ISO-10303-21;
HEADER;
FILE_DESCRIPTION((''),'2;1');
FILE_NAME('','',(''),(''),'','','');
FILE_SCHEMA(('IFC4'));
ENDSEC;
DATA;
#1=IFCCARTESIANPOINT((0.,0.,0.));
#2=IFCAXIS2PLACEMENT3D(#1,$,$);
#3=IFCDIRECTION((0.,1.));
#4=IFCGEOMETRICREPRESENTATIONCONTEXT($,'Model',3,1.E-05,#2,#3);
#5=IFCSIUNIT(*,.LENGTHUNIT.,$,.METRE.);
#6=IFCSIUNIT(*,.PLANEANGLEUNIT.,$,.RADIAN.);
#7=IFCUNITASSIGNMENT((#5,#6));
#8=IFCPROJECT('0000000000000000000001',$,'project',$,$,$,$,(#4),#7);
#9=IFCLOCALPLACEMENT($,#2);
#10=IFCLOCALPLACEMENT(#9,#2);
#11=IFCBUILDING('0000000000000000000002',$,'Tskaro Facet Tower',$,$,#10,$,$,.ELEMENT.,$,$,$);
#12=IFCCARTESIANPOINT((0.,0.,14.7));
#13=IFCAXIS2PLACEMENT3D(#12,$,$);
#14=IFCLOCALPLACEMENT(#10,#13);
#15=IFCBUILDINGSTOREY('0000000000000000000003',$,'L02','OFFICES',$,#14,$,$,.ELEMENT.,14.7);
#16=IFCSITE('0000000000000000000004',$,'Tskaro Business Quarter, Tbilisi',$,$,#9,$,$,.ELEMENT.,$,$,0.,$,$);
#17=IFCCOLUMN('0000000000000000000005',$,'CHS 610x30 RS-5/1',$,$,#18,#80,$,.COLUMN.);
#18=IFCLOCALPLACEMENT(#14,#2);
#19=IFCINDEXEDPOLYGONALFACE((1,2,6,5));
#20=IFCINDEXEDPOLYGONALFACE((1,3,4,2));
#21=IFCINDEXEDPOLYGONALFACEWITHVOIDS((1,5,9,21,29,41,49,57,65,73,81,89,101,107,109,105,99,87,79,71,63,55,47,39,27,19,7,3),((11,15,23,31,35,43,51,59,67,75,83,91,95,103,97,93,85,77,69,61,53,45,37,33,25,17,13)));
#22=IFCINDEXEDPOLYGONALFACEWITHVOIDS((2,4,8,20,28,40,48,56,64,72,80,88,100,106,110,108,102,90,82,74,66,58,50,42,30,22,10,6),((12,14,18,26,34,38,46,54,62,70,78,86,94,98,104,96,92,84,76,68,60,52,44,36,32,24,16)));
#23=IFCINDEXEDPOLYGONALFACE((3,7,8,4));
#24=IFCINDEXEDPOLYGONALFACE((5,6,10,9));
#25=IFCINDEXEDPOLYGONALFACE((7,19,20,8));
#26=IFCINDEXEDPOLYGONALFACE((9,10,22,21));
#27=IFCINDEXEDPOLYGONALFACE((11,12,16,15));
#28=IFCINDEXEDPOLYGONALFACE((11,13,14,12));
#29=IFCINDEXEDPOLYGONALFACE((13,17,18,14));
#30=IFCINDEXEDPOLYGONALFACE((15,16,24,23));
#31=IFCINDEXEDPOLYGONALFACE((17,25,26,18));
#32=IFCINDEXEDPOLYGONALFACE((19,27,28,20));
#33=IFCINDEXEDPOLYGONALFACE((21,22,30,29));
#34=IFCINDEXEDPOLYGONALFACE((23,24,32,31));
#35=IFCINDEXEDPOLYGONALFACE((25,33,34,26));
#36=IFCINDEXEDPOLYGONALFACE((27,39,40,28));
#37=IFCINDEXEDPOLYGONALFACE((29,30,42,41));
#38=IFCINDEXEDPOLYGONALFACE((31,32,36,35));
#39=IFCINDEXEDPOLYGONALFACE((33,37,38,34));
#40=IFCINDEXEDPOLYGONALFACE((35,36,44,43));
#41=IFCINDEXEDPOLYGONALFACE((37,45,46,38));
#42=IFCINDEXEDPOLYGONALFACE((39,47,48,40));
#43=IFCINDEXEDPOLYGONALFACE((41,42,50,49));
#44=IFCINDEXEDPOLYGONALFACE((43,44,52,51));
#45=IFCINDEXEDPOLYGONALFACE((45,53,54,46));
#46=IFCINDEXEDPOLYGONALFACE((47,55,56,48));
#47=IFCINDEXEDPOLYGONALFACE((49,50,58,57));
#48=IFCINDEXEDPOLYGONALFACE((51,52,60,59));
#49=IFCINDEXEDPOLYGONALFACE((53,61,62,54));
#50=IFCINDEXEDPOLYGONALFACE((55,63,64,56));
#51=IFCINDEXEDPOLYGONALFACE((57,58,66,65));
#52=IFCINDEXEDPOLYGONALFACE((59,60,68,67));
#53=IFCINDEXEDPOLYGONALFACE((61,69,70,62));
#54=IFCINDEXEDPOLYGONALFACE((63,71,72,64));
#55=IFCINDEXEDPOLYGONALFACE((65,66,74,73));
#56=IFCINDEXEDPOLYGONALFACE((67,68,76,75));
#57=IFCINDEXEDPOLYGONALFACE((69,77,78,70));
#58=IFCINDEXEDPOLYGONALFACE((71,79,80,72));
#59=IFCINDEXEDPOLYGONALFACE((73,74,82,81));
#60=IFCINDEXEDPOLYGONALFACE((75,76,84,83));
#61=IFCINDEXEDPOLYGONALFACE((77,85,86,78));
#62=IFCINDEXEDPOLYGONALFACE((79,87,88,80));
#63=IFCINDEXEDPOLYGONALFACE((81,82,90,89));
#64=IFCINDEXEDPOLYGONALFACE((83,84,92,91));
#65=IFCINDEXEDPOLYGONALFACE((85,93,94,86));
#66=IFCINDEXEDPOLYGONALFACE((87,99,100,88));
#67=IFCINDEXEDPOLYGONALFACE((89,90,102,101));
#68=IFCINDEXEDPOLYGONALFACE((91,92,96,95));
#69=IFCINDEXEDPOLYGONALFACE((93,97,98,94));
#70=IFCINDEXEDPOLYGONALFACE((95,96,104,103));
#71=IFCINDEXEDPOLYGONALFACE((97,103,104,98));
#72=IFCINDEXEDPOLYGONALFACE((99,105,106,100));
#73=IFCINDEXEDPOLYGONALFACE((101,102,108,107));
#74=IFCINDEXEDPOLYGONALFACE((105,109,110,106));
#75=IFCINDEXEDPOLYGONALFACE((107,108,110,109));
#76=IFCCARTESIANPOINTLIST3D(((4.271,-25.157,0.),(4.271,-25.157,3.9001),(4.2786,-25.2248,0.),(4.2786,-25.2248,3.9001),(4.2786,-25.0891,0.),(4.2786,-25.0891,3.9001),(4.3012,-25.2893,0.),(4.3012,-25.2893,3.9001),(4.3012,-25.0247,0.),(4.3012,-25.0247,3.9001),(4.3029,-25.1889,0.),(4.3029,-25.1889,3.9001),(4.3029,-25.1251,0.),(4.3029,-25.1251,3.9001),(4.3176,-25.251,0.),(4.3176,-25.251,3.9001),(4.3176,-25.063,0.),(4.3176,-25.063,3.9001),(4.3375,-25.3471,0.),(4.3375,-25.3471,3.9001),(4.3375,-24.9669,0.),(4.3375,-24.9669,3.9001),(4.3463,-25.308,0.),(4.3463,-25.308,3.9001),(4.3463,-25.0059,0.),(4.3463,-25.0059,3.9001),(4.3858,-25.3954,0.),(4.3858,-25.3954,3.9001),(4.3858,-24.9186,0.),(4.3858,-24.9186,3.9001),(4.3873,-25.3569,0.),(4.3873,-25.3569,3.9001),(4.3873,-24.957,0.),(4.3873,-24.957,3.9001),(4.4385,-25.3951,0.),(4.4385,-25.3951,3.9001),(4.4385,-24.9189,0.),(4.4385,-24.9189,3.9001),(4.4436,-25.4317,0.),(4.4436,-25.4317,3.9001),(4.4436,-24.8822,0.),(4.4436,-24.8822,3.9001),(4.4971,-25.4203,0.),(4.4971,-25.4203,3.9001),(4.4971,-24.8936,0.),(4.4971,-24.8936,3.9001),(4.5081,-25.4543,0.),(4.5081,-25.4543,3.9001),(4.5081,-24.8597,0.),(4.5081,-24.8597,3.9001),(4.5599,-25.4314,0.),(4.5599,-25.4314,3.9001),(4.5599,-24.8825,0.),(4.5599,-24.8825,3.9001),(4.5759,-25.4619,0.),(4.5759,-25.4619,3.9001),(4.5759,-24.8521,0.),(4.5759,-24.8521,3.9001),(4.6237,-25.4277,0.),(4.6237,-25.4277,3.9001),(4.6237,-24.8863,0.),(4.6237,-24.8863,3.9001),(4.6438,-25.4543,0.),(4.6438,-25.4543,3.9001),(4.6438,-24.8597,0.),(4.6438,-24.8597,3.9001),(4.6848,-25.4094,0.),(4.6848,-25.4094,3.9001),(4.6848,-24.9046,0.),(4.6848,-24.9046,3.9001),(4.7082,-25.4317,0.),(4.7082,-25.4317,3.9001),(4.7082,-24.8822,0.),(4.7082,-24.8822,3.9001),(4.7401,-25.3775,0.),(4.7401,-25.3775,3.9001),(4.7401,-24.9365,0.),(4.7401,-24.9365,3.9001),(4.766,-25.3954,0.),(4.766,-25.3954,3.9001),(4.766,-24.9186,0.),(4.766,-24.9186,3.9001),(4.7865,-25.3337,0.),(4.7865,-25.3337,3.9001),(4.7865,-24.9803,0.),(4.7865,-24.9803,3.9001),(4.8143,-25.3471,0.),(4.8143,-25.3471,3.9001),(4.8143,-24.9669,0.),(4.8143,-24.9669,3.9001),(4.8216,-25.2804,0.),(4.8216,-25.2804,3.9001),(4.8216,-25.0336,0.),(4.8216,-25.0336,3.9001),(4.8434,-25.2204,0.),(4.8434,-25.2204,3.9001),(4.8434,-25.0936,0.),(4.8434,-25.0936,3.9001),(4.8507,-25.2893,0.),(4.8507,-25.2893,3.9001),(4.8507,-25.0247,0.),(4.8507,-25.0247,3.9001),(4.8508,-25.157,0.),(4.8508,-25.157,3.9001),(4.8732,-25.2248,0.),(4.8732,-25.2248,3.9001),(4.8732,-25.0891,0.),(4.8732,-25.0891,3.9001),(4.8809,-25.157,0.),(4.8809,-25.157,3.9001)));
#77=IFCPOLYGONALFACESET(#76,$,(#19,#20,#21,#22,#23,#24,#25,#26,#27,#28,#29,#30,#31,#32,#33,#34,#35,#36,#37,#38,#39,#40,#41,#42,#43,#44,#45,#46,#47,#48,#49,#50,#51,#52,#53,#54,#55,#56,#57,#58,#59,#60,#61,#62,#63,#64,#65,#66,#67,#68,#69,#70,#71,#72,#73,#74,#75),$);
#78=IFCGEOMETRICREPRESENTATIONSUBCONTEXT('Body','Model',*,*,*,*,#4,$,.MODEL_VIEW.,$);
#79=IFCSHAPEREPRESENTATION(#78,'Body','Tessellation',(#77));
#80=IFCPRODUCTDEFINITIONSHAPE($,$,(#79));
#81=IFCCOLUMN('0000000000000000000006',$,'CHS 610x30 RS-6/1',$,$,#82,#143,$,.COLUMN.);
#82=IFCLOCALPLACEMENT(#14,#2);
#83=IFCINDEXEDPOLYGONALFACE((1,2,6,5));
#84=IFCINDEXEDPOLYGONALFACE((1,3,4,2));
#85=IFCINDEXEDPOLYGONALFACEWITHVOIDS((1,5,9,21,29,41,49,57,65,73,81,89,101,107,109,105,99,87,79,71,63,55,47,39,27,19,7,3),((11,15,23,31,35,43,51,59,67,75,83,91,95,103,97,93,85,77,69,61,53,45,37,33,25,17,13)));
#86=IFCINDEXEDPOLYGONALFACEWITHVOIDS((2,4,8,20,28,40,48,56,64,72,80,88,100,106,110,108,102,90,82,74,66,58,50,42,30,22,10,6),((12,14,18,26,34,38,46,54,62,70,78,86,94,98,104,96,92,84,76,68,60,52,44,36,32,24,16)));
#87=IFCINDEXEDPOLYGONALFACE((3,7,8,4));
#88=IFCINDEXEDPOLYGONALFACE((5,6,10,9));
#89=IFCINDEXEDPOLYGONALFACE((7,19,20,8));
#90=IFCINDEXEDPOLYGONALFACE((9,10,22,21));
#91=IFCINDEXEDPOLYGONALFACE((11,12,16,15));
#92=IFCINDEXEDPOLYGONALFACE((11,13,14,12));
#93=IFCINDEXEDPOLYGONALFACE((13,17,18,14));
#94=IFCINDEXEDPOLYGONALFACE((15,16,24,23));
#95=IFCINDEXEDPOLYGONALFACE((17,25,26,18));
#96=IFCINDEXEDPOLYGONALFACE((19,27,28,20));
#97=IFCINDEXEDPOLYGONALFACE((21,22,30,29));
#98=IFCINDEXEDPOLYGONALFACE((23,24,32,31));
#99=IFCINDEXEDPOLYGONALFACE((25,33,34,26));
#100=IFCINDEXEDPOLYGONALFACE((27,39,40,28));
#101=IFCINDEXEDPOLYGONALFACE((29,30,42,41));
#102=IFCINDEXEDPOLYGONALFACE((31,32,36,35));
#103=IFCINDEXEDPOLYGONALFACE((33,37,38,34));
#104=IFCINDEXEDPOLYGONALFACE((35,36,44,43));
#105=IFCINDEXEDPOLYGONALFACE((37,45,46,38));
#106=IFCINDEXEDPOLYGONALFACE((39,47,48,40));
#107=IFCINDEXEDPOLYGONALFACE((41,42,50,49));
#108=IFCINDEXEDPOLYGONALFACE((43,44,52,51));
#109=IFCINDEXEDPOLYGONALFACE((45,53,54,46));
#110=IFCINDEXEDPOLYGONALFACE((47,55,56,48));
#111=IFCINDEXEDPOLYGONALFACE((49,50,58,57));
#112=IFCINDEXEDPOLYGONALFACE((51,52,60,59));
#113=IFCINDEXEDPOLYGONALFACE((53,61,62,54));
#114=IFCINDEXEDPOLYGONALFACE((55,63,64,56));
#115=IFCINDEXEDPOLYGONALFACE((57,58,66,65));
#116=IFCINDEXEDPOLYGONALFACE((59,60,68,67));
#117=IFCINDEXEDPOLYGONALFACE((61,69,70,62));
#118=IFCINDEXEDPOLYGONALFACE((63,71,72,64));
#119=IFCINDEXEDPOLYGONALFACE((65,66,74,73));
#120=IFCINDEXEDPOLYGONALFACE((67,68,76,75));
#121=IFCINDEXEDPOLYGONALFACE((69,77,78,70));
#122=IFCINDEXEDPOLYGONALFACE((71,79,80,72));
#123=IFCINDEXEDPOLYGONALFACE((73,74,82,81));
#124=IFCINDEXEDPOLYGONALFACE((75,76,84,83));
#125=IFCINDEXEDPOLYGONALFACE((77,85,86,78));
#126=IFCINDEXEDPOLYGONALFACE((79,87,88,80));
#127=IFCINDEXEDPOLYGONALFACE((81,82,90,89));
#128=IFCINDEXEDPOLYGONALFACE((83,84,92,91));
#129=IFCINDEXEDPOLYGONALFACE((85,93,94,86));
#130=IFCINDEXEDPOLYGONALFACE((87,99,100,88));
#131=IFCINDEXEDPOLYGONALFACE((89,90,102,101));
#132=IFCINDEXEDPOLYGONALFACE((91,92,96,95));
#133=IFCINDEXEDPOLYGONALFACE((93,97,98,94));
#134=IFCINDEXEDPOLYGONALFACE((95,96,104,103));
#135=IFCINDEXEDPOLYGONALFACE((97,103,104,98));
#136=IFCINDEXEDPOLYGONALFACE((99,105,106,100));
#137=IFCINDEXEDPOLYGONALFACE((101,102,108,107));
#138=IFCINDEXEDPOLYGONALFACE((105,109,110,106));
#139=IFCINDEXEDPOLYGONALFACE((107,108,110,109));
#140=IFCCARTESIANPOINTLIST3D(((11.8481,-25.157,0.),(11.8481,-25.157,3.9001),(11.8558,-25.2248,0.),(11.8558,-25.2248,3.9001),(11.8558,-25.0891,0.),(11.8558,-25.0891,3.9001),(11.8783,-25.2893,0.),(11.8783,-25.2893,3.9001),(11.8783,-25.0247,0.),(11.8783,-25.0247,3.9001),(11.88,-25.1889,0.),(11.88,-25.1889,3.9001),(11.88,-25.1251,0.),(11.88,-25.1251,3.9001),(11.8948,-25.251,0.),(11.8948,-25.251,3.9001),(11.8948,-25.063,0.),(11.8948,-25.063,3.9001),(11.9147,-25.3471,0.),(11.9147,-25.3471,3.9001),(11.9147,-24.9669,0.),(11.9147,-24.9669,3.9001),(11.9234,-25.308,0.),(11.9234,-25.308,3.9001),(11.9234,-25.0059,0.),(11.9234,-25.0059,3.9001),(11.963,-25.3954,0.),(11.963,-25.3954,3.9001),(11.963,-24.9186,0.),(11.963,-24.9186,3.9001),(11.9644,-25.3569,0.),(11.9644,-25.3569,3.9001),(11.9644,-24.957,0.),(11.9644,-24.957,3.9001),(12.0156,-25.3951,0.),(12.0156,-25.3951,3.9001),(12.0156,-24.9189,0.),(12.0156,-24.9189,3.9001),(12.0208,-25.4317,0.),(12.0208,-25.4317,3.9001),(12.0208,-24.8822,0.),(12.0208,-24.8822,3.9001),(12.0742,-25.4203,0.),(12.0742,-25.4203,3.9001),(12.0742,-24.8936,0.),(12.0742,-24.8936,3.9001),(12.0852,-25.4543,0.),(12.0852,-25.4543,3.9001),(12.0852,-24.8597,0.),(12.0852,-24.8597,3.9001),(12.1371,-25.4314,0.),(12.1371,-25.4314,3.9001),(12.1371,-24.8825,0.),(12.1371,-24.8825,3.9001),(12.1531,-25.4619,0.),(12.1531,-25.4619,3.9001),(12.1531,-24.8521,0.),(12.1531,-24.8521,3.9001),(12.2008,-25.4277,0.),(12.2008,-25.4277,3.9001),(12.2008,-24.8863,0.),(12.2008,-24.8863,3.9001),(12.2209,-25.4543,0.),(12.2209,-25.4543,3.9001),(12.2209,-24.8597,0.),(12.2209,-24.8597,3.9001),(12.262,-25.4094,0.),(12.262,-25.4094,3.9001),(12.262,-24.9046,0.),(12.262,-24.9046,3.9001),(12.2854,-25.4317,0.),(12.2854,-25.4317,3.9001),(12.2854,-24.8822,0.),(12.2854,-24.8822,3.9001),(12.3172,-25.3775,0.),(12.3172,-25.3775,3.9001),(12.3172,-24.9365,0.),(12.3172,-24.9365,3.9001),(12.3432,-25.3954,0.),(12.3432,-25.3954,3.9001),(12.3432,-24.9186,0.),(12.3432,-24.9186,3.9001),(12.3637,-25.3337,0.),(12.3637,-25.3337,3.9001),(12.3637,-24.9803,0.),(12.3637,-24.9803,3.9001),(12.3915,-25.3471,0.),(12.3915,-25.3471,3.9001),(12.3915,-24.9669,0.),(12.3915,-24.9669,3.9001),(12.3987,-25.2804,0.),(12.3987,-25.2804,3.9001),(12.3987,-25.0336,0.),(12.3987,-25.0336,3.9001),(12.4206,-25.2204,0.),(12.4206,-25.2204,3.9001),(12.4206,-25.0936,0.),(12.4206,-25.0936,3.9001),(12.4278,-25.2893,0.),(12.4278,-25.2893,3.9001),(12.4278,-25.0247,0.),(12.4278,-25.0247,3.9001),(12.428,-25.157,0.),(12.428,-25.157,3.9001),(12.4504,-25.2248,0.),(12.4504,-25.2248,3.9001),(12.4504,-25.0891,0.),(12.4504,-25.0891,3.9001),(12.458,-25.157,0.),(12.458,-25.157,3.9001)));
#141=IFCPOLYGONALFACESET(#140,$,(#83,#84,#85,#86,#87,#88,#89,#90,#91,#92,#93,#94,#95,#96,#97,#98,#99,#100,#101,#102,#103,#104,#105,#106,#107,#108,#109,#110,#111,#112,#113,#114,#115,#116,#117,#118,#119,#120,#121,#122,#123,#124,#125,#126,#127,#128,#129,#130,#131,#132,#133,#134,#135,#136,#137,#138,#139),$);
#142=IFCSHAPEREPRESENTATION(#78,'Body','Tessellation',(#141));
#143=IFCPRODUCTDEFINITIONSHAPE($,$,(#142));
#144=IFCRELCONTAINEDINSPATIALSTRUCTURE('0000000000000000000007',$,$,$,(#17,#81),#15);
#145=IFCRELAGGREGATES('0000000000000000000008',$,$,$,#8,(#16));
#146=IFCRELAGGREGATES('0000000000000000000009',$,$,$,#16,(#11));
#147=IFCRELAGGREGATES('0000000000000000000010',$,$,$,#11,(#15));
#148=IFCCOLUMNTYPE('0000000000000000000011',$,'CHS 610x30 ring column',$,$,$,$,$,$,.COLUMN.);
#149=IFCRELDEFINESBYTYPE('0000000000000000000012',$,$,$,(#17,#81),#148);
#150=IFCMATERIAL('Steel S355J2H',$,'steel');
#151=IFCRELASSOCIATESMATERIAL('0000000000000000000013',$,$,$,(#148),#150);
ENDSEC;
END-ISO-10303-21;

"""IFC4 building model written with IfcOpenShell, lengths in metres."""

from ifc_helpers import new_model, si_unit, direction, frame, origin, origin_2d, place, context, subcontext, project, spatial, hollow_circle, extrude, material, material_profile, profile_set, type_object, element, save


model = new_model("IFC4")

# Units and contexts
model_context = context("Model", 3, precision=1e-05, world=origin(), true_north=direction((0.0, 1.0)))
body_context = subcontext(model_context, "Body", "Model", "MODEL_VIEW")
ifc_project = project(units=[si_unit("LENGTHUNIT", "METRE"), si_unit("PLANEANGLEUNIT", "RADIAN")], contexts=[model_context])

# Site, building, storey
site_placement = place(None, origin())
site = spatial("IfcSite", under=ifc_project, at=site_placement, Name="Tskaro Business Quarter, Tbilisi", CompositionType="ELEMENT", RefElevation=0.0)
building_placement = place(site_placement, origin())
building = spatial("IfcBuilding", under=site, at=building_placement, Name="Tskaro Facet Tower", CompositionType="ELEMENT")
storey_placement = place(building_placement, frame((0.0, 0.0, 14.7)))
storey = spatial("IfcBuildingStorey", under=building, at=storey_placement, Name="L02", Description="OFFICES", CompositionType="ELEMENT", Elevation=14.7)

# Columns
ifc_material_1 = material(Name="Steel S355J2H", Category="steel")
ifc_material_profile_1 = material_profile(ifc_material_1, hollow_circle(Radius=0.3049, WallThickness=0.03, at=origin_2d()), Name="CHS 610x30")
ifc_profile_set_1 = profile_set([ifc_material_profile_1], Name="Steel S355J2H")
column_type_1 = type_object("IfcColumnType", Name="CHS 610x30 ring column", PredefinedType="COLUMN", material=ifc_profile_set_1)
for number, where, z_axis, x_axis, name in (
    (1, (4.5759, -25.157, 0.0), (0.0, 0.0, 1.0), (1.0, 0.0, 0.0), "CHS 610x30 RS-5/1"),
    (2, (12.1531, -25.157, 0.0), (0.0, 0.0, 1.0), (1.0, 0.0, 0.0), "CHS 610x30 RS-6/1"),
):
    element("IfcColumn", number, at=place(storey_placement, frame(where, z_axis=z_axis, x_axis=x_axis)), inside=storey, type_object=column_type_1, Name=name, PredefinedType="COLUMN", context=body_context, shape_type="SweptSolid", body=[
        extrude(hollow_circle(Radius=0.3049, WallThickness=0.03, at=origin_2d()), origin(), (0.0, 0.0, 1.0), 3.9001),
    ])

save(model, "model.ifc")
